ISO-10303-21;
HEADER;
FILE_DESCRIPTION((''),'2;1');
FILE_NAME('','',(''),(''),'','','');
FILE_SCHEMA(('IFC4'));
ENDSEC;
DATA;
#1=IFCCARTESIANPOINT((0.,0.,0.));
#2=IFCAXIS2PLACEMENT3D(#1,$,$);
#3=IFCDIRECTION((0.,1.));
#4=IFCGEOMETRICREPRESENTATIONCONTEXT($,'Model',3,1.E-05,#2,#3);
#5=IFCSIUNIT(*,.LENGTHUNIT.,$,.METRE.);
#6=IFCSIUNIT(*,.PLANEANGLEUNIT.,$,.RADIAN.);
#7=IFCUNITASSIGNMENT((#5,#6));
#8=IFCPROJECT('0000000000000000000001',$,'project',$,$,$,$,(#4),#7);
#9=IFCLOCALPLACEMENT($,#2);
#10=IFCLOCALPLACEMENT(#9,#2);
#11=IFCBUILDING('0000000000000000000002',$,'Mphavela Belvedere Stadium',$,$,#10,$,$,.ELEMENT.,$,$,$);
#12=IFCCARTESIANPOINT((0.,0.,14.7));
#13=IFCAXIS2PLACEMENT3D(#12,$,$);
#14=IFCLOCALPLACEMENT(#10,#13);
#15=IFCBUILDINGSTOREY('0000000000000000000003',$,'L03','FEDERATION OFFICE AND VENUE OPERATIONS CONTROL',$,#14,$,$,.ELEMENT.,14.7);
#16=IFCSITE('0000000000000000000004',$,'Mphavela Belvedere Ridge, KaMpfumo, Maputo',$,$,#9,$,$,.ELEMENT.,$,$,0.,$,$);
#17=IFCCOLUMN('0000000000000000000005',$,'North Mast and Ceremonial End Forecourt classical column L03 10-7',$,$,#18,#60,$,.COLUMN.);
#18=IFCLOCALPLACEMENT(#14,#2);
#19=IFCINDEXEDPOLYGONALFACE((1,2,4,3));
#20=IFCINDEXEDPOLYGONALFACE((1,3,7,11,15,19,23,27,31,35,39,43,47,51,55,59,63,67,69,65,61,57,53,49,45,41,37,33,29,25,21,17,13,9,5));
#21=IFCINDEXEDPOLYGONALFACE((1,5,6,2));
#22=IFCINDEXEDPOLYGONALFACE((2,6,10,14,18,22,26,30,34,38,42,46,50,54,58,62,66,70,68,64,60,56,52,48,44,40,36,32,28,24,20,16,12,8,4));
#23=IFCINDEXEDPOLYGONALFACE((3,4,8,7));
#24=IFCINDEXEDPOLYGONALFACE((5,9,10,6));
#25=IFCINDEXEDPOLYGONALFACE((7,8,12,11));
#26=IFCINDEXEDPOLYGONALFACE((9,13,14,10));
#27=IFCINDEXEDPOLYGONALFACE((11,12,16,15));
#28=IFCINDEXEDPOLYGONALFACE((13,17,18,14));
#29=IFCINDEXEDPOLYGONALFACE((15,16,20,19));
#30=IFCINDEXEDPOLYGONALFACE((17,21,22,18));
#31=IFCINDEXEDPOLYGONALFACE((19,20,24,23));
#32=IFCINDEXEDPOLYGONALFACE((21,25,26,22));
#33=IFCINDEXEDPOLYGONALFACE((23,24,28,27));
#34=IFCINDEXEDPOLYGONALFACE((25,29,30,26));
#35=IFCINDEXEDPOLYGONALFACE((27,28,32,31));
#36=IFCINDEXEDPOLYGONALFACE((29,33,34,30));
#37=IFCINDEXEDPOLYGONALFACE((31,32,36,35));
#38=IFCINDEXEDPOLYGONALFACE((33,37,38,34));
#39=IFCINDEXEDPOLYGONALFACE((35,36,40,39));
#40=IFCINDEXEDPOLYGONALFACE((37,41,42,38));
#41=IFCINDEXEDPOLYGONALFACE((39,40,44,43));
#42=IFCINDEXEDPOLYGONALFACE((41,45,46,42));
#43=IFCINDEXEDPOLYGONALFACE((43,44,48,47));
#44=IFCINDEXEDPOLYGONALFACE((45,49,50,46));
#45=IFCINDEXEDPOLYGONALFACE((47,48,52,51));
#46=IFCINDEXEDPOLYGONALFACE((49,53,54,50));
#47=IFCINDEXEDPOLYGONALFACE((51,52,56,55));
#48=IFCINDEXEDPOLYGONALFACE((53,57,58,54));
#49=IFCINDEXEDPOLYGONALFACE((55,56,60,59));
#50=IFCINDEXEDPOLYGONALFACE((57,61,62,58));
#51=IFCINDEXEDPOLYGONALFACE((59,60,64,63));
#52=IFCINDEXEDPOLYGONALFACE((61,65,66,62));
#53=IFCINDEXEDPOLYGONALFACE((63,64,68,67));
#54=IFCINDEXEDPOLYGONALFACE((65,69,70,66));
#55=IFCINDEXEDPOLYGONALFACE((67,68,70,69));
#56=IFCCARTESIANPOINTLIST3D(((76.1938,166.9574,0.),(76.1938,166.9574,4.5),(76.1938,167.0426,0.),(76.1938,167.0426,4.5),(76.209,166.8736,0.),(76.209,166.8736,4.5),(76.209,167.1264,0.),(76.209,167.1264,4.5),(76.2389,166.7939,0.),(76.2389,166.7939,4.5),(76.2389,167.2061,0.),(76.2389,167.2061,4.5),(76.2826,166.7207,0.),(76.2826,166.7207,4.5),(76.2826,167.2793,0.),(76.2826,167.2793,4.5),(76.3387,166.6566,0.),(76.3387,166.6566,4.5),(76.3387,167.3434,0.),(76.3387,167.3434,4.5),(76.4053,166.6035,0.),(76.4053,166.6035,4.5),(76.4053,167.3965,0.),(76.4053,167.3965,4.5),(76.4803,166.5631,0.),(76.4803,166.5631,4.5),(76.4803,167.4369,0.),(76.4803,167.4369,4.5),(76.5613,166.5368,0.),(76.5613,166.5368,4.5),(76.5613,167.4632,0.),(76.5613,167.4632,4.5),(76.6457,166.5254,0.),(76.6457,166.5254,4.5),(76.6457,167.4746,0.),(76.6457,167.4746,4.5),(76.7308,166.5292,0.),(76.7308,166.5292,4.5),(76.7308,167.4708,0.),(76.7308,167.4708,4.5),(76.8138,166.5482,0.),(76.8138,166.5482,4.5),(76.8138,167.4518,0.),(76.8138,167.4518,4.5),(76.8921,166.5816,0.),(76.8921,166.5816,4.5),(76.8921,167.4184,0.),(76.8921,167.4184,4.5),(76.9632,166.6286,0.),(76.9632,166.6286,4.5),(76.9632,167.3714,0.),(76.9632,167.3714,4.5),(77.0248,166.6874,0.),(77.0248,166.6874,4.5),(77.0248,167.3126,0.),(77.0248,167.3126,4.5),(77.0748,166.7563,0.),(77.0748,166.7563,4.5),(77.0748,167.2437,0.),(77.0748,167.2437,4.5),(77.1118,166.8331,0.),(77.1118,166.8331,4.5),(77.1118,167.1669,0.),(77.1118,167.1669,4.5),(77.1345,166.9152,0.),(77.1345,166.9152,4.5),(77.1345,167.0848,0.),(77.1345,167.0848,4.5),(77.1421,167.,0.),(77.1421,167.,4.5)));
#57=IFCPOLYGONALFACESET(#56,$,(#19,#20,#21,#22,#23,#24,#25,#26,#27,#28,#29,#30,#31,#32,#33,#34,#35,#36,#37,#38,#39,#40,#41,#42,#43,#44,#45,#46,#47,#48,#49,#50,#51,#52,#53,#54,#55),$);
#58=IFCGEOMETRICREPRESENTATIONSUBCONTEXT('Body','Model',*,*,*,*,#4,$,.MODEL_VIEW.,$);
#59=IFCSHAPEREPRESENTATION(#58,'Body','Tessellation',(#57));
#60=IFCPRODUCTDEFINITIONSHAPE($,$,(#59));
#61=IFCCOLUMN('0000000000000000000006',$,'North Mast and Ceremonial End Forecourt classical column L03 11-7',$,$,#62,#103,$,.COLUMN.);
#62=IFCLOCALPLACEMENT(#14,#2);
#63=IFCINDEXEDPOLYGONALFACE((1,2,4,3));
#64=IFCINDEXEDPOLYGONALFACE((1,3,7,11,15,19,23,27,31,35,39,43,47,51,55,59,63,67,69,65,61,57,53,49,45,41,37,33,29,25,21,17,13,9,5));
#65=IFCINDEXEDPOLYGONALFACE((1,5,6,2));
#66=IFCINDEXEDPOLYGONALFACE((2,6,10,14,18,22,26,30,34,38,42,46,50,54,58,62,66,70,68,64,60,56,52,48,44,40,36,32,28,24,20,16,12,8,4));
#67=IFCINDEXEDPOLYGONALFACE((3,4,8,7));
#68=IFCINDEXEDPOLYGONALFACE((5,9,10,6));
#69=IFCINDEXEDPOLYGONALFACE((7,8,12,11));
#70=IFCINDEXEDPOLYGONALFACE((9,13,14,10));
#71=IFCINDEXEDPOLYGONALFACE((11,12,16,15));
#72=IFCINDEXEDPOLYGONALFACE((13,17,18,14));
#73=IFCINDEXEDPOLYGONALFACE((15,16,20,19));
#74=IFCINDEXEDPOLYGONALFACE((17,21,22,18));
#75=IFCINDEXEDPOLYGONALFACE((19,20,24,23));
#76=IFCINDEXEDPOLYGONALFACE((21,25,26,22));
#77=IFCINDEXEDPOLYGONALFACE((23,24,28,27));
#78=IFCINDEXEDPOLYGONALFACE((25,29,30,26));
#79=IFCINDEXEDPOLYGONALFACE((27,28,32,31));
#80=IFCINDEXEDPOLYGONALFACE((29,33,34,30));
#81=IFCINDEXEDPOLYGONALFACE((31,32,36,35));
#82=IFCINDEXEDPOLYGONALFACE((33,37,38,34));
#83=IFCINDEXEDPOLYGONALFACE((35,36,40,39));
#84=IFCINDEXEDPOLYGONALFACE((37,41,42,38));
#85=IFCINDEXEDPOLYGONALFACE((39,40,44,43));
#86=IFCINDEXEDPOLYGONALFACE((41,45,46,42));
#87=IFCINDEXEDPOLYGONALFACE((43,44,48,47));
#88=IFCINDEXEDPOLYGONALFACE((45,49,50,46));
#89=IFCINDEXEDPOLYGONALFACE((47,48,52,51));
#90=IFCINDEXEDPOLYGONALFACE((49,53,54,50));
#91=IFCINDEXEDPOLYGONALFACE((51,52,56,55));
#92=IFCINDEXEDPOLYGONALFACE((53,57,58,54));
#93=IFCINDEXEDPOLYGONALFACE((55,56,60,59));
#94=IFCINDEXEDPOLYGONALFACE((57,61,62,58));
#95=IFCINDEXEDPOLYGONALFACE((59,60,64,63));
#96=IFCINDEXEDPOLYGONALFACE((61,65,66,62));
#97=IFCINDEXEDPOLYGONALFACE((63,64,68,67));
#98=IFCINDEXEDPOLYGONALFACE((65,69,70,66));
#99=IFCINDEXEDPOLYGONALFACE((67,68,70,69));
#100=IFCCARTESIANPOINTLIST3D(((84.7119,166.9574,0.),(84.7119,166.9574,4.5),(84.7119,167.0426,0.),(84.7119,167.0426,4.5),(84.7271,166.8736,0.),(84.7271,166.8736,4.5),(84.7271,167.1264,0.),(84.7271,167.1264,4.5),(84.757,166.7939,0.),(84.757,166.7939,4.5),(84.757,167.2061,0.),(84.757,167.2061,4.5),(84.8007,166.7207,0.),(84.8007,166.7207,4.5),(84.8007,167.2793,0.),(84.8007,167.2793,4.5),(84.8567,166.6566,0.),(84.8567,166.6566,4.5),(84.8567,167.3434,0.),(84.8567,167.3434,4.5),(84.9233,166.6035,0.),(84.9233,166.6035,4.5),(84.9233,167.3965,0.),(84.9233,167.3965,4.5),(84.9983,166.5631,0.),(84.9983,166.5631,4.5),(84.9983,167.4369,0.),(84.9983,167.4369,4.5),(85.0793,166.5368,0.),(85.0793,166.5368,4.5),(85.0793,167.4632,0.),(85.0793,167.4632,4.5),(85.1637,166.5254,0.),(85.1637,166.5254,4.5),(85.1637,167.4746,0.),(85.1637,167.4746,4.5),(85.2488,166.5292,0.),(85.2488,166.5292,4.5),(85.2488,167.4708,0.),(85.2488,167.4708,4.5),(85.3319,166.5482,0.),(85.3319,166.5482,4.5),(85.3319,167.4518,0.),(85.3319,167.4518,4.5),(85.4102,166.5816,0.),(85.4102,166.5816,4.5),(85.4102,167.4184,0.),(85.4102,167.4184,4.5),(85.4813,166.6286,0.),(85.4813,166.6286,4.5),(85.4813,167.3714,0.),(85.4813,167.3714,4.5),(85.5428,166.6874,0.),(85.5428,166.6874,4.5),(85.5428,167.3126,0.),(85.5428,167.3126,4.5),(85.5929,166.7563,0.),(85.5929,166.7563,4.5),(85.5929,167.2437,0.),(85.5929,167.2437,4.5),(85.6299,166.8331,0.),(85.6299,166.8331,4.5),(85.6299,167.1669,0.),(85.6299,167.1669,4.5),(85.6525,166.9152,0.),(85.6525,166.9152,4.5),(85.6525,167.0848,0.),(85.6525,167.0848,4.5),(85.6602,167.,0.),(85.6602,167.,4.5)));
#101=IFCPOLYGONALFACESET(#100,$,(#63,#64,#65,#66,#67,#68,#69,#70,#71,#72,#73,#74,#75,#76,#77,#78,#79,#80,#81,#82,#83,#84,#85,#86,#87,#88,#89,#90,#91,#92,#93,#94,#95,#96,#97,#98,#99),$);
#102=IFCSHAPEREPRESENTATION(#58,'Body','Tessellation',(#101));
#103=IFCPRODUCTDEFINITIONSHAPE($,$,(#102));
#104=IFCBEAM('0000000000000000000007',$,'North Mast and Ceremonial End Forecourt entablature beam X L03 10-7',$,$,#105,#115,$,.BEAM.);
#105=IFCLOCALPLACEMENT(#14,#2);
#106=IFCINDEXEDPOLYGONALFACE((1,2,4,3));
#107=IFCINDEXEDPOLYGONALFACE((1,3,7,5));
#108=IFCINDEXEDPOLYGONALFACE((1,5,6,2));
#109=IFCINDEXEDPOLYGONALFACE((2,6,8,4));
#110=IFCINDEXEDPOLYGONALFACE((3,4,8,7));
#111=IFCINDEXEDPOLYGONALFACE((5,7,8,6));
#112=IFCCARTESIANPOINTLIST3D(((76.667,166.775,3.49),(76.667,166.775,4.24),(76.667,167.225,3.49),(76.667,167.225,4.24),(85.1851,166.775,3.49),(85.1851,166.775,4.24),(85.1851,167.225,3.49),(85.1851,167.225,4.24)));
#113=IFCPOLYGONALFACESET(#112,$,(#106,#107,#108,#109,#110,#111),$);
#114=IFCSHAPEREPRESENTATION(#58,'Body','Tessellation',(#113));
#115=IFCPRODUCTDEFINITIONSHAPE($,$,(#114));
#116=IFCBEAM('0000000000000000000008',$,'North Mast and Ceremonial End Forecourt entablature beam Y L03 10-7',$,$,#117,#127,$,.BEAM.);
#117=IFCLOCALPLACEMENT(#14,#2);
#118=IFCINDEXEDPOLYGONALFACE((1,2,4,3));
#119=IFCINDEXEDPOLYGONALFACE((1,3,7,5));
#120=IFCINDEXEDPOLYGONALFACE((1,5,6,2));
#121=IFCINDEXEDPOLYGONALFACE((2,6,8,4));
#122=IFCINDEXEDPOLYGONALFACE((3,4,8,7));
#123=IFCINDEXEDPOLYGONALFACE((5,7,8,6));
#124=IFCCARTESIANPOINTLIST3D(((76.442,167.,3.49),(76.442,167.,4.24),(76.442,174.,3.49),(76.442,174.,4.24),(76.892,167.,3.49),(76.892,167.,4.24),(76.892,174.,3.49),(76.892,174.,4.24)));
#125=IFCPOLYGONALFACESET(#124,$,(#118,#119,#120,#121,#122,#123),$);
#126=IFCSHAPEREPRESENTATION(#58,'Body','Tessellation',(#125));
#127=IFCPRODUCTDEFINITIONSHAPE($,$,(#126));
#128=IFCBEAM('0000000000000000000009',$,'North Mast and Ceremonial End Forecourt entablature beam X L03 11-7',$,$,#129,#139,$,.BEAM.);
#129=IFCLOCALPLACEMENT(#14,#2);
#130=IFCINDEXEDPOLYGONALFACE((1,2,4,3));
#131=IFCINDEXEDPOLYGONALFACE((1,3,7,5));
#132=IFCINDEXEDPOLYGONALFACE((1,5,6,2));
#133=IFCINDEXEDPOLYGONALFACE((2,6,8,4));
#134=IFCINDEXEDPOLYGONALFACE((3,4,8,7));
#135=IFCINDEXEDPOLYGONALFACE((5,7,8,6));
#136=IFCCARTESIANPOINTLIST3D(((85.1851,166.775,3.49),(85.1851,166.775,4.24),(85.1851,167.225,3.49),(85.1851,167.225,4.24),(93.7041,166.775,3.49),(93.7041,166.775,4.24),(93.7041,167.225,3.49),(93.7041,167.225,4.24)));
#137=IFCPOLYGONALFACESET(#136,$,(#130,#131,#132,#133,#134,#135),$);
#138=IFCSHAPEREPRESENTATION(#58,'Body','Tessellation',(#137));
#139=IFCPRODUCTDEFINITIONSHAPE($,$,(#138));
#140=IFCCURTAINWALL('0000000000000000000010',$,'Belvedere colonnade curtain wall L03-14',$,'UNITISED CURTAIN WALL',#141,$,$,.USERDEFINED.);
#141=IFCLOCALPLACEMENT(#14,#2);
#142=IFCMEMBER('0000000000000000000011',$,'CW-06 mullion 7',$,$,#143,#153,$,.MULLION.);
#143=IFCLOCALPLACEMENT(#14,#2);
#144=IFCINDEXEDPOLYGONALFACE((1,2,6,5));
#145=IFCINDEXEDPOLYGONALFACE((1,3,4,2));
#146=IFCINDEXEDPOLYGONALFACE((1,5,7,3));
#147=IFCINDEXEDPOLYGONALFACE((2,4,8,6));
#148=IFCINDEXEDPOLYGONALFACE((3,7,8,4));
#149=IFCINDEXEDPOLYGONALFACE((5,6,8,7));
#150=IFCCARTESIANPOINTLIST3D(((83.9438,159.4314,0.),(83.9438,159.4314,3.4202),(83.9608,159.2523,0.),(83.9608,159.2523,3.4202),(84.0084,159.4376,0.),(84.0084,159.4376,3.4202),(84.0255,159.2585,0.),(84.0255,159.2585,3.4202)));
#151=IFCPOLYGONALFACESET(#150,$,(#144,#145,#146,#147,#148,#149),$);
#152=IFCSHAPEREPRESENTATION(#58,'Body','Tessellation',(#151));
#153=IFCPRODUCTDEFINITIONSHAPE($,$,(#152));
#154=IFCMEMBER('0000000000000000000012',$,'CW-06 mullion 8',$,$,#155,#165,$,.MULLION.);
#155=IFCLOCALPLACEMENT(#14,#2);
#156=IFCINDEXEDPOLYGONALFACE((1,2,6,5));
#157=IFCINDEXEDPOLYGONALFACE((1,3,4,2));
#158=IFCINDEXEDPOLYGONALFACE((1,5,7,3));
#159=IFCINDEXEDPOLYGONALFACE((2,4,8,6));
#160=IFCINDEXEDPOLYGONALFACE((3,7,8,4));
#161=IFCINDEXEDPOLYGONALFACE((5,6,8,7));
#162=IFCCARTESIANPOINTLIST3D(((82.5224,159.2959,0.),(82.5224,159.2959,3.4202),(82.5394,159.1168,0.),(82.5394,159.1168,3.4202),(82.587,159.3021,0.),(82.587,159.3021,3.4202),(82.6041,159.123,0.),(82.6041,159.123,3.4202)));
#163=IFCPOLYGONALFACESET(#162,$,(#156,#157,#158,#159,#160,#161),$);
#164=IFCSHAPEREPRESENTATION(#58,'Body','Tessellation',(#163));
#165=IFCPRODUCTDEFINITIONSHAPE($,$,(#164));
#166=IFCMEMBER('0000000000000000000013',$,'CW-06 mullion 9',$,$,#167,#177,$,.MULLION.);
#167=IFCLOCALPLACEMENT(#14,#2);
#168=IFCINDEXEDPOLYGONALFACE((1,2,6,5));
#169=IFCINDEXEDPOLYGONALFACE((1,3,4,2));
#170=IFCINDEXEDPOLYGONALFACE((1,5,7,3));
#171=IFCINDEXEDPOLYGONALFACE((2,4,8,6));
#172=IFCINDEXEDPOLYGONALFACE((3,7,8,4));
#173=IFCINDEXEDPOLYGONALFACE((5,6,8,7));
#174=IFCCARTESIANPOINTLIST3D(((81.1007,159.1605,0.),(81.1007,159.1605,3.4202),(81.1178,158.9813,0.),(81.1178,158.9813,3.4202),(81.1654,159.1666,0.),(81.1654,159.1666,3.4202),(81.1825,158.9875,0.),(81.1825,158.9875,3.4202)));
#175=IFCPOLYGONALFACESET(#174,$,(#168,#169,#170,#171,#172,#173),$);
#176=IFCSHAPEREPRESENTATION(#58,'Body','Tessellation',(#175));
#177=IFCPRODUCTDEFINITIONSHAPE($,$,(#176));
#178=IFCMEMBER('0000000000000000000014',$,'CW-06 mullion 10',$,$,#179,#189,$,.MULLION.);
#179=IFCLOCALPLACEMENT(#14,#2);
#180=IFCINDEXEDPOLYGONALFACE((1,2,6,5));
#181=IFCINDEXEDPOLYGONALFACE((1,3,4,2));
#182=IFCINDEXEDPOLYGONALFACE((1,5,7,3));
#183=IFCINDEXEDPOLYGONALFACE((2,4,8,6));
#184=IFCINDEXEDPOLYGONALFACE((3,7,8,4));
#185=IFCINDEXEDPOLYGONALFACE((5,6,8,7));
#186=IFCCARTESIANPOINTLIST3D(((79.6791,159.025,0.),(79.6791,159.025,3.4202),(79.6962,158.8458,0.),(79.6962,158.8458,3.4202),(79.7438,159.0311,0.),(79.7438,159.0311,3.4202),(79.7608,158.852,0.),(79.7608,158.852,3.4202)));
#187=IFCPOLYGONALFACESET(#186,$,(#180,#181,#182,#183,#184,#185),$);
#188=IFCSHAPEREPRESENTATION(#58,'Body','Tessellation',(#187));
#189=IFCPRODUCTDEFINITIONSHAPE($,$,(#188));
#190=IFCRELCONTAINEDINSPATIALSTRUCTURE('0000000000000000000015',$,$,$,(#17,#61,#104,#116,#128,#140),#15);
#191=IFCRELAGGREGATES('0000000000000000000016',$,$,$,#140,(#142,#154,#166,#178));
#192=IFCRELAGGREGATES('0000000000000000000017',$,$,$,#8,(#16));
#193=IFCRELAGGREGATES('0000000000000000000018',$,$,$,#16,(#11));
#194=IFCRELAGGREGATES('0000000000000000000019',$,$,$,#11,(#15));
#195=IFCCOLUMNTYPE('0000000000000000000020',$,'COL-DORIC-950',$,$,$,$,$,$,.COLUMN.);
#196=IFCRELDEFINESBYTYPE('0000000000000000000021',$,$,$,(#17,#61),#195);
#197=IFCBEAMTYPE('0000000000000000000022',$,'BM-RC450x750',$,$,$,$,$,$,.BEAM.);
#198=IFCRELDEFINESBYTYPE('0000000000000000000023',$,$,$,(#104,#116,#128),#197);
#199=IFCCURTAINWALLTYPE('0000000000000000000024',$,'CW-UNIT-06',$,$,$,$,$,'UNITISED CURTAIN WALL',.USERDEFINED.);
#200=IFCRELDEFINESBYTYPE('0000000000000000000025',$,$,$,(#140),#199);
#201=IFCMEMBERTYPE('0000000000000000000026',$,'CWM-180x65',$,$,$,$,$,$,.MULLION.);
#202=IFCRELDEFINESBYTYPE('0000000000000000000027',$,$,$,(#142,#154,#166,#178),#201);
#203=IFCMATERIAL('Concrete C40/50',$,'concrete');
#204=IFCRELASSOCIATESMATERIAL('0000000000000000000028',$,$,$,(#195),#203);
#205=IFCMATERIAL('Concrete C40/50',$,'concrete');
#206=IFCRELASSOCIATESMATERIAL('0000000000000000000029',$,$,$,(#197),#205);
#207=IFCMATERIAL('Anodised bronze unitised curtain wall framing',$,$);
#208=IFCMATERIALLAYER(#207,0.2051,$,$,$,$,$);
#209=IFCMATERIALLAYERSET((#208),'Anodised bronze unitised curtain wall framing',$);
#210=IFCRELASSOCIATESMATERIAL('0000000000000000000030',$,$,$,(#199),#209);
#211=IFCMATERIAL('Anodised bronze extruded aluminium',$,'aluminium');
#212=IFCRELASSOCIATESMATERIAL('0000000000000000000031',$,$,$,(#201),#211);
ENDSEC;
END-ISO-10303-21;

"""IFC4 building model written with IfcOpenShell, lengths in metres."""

from ifc_helpers import new_model, si_unit, direction, frame, origin, origin_2d, place, context, subcontext, project, spatial, rectangle, circle, extrude, material, layer, layer_set, material_profile, profile_set, type_object, element, aggregate, save


model = new_model("IFC4")

# Units and contexts
model_context = context("Model", 3, precision=1e-05, world=origin(), true_north=direction((0.0, 1.0)))
body_context = subcontext(model_context, "Body", "Model", "MODEL_VIEW")
ifc_project = project(units=[si_unit("LENGTHUNIT", "METRE"), si_unit("PLANEANGLEUNIT", "RADIAN")], contexts=[model_context])

# Site, building, storey
site_placement = place(None, origin())
site = spatial("IfcSite", under=ifc_project, at=site_placement, Name="Mphavela Belvedere Ridge, KaMpfumo, Maputo", CompositionType="ELEMENT", RefElevation=0.0)
building_placement = place(site_placement, origin())
building = spatial("IfcBuilding", under=site, at=building_placement, Name="Mphavela Belvedere Stadium", CompositionType="ELEMENT")
storey_placement = place(building_placement, frame((0.0, 0.0, 14.7)))
storey = spatial("IfcBuildingStorey", under=building, at=storey_placement, Name="L03", Description="FEDERATION OFFICE AND VENUE OPERATIONS CONTROL", CompositionType="ELEMENT", Elevation=14.7)

# Columns
ifc_material_1 = material(Name="Concrete C40/50", Category="concrete")
ifc_material_profile_1 = material_profile(ifc_material_1, circle(Radius=0.4751, at=origin_2d()), Name="COL D950")
ifc_profile_set_1 = profile_set([ifc_material_profile_1], Name="Concrete C40/50")
column_type = type_object("IfcColumnType", Name="COL-DORIC-950", PredefinedType="COLUMN", material=ifc_profile_set_1)
for number, where, z_axis, x_axis, name in (
    (1, (76.667, 167.0, 0.0), (0.0, 0.0, 1.0), (1.0, 0.0, 0.0), "North Mast and Ceremonial End Forecourt classical column L03 10-7"),
    (2, (85.1851, 167.0, 0.0), (0.0, 0.0, 1.0), (1.0, 0.0, 0.0), "North Mast and Ceremonial End Forecourt classical column L03 11-7"),
):
    element("IfcColumn", number, at=place(storey_placement, frame(where, z_axis=z_axis, x_axis=x_axis)), inside=storey, type_object=column_type, Name=name, PredefinedType="COLUMN", context=body_context, shape_type="SweptSolid", body=[
        extrude(circle(Radius=0.4751, at=origin_2d()), origin(), (0.0, 0.0, 1.0), 4.5),
    ])

# Beams
ifc_material_2 = material(Name="Concrete C40/50", Category="concrete")
ifc_material_profile_2 = material_profile(ifc_material_2, rectangle(XDim=0.45, YDim=0.75, at=origin_2d()), Name="RC 450x750")
ifc_profile_set_2 = profile_set([ifc_material_profile_2], Name="Concrete C40/50")
beam_type = type_object("IfcBeamType", Name="BM-RC450x750", PredefinedType="BEAM", material=ifc_profile_set_2)
beam_1_placement = place(storey_placement, frame((76.667, 167.0, 3.865), z_axis=(1.0, 0.0, 0.0), x_axis=(0.0, 1.0, 0.0)))
element("IfcBeam", 3, at=beam_1_placement, inside=storey, type_object=beam_type, Name="North Mast and Ceremonial End Forecourt entablature beam X L03 10-7", PredefinedType="BEAM", context=body_context, shape_type="SweptSolid", body=[
    extrude(rectangle(XDim=0.45, YDim=0.75, at=origin_2d()), origin(), (0.0, 0.0, 1.0), 8.5181),
])
beam_2_placement = place(storey_placement, frame((76.667, 167.0, 3.865), z_axis=(0.0, 1.0, 0.0), x_axis=(-1.0, 0.0, 0.0)))
element("IfcBeam", 4, at=beam_2_placement, inside=storey, type_object=beam_type, Name="North Mast and Ceremonial End Forecourt entablature beam Y L03 10-7", PredefinedType="BEAM", context=body_context, shape_type="SweptSolid", body=[
    extrude(rectangle(XDim=0.45, YDim=0.75, at=origin_2d()), origin(), (0.0, 0.0, 1.0), 7.0),
])
beam_3_placement = place(storey_placement, frame((85.1851, 167.0, 3.865), z_axis=(1.0, 0.0, 0.0), x_axis=(0.0, 1.0, 0.0)))
element("IfcBeam", 5, at=beam_3_placement, inside=storey, type_object=beam_type, Name="North Mast and Ceremonial End Forecourt entablature beam X L03 11-7", PredefinedType="BEAM", context=body_context, shape_type="SweptSolid", body=[
    extrude(rectangle(XDim=0.45, YDim=0.75, at=origin_2d()), origin(), (0.0, 0.0, 1.0), 8.519),
])

# Curtain wall, members
ifc_material_3 = material(Name="Anodised bronze unitised curtain wall framing")
ifc_layer_1 = layer(ifc_material_3, 0.2051)
ifc_layer_set_1 = layer_set([ifc_layer_1], Name="Anodised bronze unitised curtain wall framing")
curtain_wall_type = type_object("IfcCurtainWallType", Name="CW-UNIT-06", ElementType="UNITISED CURTAIN WALL", PredefinedType="USERDEFINED", material=ifc_layer_set_1)
curtain_wall_placement = place(storey_placement, origin())
curtain_wall = element("IfcCurtainWall", 6, at=curtain_wall_placement, inside=storey, type_object=curtain_wall_type, Name="Belvedere colonnade curtain wall L03-14", ObjectType="UNITISED CURTAIN WALL", PredefinedType="USERDEFINED")
ifc_material_4 = material(Name="Anodised bronze extruded aluminium", Category="aluminium")
ifc_material_profile_3 = material_profile(ifc_material_4, rectangle(XDim=0.1799, YDim=0.0649, at=origin_2d()), Name="CW-MUL 180x65")
ifc_profile_set_3 = profile_set([ifc_material_profile_3], Name="Anodised bronze extruded aluminium")
member_type_1 = type_object("IfcMemberType", Name="CWM-180x65", PredefinedType="MULLION", material=ifc_profile_set_3)
member_1_placement = place(storey_placement, frame((83.9846, 159.345, 0.0), z_axis=(0.0, 0.0, 1.0), x_axis=(0.094929, -0.995484, 0.0)))
member_1 = element("IfcMember", 7, at=member_1_placement, type_object=member_type_1, Name="CW-06 mullion 7", PredefinedType="MULLION", context=body_context, shape_type="SweptSolid", body=[
    extrude(rectangle(XDim=0.1799, YDim=0.0649, at=origin_2d()), origin(), (0.0, 0.0, 1.0), 3.4202),
])
member_2_placement = place(storey_placement, frame((82.5632, 159.2095, 0.0), z_axis=(0.0, 0.0, 1.0), x_axis=(0.094929, -0.995484, 0.0)))
member_2 = element("IfcMember", 8, at=member_2_placement, type_object=member_type_1, Name="CW-06 mullion 8", PredefinedType="MULLION", context=body_context, shape_type="SweptSolid", body=[
    extrude(rectangle(XDim=0.1799, YDim=0.0649, at=origin_2d()), origin(), (0.0, 0.0, 1.0), 3.4202),
])
member_3_placement = place(storey_placement, frame((81.1416, 159.074, 0.0), z_axis=(0.0, 0.0, 1.0), x_axis=(0.094929, -0.995484, 0.0)))
member_3 = element("IfcMember", 9, at=member_3_placement, type_object=member_type_1, Name="CW-06 mullion 9", PredefinedType="MULLION", context=body_context, shape_type="SweptSolid", body=[
    extrude(rectangle(XDim=0.1799, YDim=0.0649, at=origin_2d()), origin(), (0.0, 0.0, 1.0), 3.4202),
])
member_4_placement = place(storey_placement, frame((79.72, 158.9385, 0.0), z_axis=(0.0, 0.0, 1.0), x_axis=(0.094929, -0.995484, 0.0)))
member_4 = element("IfcMember", 10, at=member_4_placement, type_object=member_type_1, Name="CW-06 mullion 10", PredefinedType="MULLION", context=body_context, shape_type="SweptSolid", body=[
    extrude(rectangle(XDim=0.1799, YDim=0.0649, at=origin_2d()), origin(), (0.0, 0.0, 1.0), 3.4202),
])
aggregate(curtain_wall, [member_1, member_2, member_3, member_4])

save(model, "model.ifc")
